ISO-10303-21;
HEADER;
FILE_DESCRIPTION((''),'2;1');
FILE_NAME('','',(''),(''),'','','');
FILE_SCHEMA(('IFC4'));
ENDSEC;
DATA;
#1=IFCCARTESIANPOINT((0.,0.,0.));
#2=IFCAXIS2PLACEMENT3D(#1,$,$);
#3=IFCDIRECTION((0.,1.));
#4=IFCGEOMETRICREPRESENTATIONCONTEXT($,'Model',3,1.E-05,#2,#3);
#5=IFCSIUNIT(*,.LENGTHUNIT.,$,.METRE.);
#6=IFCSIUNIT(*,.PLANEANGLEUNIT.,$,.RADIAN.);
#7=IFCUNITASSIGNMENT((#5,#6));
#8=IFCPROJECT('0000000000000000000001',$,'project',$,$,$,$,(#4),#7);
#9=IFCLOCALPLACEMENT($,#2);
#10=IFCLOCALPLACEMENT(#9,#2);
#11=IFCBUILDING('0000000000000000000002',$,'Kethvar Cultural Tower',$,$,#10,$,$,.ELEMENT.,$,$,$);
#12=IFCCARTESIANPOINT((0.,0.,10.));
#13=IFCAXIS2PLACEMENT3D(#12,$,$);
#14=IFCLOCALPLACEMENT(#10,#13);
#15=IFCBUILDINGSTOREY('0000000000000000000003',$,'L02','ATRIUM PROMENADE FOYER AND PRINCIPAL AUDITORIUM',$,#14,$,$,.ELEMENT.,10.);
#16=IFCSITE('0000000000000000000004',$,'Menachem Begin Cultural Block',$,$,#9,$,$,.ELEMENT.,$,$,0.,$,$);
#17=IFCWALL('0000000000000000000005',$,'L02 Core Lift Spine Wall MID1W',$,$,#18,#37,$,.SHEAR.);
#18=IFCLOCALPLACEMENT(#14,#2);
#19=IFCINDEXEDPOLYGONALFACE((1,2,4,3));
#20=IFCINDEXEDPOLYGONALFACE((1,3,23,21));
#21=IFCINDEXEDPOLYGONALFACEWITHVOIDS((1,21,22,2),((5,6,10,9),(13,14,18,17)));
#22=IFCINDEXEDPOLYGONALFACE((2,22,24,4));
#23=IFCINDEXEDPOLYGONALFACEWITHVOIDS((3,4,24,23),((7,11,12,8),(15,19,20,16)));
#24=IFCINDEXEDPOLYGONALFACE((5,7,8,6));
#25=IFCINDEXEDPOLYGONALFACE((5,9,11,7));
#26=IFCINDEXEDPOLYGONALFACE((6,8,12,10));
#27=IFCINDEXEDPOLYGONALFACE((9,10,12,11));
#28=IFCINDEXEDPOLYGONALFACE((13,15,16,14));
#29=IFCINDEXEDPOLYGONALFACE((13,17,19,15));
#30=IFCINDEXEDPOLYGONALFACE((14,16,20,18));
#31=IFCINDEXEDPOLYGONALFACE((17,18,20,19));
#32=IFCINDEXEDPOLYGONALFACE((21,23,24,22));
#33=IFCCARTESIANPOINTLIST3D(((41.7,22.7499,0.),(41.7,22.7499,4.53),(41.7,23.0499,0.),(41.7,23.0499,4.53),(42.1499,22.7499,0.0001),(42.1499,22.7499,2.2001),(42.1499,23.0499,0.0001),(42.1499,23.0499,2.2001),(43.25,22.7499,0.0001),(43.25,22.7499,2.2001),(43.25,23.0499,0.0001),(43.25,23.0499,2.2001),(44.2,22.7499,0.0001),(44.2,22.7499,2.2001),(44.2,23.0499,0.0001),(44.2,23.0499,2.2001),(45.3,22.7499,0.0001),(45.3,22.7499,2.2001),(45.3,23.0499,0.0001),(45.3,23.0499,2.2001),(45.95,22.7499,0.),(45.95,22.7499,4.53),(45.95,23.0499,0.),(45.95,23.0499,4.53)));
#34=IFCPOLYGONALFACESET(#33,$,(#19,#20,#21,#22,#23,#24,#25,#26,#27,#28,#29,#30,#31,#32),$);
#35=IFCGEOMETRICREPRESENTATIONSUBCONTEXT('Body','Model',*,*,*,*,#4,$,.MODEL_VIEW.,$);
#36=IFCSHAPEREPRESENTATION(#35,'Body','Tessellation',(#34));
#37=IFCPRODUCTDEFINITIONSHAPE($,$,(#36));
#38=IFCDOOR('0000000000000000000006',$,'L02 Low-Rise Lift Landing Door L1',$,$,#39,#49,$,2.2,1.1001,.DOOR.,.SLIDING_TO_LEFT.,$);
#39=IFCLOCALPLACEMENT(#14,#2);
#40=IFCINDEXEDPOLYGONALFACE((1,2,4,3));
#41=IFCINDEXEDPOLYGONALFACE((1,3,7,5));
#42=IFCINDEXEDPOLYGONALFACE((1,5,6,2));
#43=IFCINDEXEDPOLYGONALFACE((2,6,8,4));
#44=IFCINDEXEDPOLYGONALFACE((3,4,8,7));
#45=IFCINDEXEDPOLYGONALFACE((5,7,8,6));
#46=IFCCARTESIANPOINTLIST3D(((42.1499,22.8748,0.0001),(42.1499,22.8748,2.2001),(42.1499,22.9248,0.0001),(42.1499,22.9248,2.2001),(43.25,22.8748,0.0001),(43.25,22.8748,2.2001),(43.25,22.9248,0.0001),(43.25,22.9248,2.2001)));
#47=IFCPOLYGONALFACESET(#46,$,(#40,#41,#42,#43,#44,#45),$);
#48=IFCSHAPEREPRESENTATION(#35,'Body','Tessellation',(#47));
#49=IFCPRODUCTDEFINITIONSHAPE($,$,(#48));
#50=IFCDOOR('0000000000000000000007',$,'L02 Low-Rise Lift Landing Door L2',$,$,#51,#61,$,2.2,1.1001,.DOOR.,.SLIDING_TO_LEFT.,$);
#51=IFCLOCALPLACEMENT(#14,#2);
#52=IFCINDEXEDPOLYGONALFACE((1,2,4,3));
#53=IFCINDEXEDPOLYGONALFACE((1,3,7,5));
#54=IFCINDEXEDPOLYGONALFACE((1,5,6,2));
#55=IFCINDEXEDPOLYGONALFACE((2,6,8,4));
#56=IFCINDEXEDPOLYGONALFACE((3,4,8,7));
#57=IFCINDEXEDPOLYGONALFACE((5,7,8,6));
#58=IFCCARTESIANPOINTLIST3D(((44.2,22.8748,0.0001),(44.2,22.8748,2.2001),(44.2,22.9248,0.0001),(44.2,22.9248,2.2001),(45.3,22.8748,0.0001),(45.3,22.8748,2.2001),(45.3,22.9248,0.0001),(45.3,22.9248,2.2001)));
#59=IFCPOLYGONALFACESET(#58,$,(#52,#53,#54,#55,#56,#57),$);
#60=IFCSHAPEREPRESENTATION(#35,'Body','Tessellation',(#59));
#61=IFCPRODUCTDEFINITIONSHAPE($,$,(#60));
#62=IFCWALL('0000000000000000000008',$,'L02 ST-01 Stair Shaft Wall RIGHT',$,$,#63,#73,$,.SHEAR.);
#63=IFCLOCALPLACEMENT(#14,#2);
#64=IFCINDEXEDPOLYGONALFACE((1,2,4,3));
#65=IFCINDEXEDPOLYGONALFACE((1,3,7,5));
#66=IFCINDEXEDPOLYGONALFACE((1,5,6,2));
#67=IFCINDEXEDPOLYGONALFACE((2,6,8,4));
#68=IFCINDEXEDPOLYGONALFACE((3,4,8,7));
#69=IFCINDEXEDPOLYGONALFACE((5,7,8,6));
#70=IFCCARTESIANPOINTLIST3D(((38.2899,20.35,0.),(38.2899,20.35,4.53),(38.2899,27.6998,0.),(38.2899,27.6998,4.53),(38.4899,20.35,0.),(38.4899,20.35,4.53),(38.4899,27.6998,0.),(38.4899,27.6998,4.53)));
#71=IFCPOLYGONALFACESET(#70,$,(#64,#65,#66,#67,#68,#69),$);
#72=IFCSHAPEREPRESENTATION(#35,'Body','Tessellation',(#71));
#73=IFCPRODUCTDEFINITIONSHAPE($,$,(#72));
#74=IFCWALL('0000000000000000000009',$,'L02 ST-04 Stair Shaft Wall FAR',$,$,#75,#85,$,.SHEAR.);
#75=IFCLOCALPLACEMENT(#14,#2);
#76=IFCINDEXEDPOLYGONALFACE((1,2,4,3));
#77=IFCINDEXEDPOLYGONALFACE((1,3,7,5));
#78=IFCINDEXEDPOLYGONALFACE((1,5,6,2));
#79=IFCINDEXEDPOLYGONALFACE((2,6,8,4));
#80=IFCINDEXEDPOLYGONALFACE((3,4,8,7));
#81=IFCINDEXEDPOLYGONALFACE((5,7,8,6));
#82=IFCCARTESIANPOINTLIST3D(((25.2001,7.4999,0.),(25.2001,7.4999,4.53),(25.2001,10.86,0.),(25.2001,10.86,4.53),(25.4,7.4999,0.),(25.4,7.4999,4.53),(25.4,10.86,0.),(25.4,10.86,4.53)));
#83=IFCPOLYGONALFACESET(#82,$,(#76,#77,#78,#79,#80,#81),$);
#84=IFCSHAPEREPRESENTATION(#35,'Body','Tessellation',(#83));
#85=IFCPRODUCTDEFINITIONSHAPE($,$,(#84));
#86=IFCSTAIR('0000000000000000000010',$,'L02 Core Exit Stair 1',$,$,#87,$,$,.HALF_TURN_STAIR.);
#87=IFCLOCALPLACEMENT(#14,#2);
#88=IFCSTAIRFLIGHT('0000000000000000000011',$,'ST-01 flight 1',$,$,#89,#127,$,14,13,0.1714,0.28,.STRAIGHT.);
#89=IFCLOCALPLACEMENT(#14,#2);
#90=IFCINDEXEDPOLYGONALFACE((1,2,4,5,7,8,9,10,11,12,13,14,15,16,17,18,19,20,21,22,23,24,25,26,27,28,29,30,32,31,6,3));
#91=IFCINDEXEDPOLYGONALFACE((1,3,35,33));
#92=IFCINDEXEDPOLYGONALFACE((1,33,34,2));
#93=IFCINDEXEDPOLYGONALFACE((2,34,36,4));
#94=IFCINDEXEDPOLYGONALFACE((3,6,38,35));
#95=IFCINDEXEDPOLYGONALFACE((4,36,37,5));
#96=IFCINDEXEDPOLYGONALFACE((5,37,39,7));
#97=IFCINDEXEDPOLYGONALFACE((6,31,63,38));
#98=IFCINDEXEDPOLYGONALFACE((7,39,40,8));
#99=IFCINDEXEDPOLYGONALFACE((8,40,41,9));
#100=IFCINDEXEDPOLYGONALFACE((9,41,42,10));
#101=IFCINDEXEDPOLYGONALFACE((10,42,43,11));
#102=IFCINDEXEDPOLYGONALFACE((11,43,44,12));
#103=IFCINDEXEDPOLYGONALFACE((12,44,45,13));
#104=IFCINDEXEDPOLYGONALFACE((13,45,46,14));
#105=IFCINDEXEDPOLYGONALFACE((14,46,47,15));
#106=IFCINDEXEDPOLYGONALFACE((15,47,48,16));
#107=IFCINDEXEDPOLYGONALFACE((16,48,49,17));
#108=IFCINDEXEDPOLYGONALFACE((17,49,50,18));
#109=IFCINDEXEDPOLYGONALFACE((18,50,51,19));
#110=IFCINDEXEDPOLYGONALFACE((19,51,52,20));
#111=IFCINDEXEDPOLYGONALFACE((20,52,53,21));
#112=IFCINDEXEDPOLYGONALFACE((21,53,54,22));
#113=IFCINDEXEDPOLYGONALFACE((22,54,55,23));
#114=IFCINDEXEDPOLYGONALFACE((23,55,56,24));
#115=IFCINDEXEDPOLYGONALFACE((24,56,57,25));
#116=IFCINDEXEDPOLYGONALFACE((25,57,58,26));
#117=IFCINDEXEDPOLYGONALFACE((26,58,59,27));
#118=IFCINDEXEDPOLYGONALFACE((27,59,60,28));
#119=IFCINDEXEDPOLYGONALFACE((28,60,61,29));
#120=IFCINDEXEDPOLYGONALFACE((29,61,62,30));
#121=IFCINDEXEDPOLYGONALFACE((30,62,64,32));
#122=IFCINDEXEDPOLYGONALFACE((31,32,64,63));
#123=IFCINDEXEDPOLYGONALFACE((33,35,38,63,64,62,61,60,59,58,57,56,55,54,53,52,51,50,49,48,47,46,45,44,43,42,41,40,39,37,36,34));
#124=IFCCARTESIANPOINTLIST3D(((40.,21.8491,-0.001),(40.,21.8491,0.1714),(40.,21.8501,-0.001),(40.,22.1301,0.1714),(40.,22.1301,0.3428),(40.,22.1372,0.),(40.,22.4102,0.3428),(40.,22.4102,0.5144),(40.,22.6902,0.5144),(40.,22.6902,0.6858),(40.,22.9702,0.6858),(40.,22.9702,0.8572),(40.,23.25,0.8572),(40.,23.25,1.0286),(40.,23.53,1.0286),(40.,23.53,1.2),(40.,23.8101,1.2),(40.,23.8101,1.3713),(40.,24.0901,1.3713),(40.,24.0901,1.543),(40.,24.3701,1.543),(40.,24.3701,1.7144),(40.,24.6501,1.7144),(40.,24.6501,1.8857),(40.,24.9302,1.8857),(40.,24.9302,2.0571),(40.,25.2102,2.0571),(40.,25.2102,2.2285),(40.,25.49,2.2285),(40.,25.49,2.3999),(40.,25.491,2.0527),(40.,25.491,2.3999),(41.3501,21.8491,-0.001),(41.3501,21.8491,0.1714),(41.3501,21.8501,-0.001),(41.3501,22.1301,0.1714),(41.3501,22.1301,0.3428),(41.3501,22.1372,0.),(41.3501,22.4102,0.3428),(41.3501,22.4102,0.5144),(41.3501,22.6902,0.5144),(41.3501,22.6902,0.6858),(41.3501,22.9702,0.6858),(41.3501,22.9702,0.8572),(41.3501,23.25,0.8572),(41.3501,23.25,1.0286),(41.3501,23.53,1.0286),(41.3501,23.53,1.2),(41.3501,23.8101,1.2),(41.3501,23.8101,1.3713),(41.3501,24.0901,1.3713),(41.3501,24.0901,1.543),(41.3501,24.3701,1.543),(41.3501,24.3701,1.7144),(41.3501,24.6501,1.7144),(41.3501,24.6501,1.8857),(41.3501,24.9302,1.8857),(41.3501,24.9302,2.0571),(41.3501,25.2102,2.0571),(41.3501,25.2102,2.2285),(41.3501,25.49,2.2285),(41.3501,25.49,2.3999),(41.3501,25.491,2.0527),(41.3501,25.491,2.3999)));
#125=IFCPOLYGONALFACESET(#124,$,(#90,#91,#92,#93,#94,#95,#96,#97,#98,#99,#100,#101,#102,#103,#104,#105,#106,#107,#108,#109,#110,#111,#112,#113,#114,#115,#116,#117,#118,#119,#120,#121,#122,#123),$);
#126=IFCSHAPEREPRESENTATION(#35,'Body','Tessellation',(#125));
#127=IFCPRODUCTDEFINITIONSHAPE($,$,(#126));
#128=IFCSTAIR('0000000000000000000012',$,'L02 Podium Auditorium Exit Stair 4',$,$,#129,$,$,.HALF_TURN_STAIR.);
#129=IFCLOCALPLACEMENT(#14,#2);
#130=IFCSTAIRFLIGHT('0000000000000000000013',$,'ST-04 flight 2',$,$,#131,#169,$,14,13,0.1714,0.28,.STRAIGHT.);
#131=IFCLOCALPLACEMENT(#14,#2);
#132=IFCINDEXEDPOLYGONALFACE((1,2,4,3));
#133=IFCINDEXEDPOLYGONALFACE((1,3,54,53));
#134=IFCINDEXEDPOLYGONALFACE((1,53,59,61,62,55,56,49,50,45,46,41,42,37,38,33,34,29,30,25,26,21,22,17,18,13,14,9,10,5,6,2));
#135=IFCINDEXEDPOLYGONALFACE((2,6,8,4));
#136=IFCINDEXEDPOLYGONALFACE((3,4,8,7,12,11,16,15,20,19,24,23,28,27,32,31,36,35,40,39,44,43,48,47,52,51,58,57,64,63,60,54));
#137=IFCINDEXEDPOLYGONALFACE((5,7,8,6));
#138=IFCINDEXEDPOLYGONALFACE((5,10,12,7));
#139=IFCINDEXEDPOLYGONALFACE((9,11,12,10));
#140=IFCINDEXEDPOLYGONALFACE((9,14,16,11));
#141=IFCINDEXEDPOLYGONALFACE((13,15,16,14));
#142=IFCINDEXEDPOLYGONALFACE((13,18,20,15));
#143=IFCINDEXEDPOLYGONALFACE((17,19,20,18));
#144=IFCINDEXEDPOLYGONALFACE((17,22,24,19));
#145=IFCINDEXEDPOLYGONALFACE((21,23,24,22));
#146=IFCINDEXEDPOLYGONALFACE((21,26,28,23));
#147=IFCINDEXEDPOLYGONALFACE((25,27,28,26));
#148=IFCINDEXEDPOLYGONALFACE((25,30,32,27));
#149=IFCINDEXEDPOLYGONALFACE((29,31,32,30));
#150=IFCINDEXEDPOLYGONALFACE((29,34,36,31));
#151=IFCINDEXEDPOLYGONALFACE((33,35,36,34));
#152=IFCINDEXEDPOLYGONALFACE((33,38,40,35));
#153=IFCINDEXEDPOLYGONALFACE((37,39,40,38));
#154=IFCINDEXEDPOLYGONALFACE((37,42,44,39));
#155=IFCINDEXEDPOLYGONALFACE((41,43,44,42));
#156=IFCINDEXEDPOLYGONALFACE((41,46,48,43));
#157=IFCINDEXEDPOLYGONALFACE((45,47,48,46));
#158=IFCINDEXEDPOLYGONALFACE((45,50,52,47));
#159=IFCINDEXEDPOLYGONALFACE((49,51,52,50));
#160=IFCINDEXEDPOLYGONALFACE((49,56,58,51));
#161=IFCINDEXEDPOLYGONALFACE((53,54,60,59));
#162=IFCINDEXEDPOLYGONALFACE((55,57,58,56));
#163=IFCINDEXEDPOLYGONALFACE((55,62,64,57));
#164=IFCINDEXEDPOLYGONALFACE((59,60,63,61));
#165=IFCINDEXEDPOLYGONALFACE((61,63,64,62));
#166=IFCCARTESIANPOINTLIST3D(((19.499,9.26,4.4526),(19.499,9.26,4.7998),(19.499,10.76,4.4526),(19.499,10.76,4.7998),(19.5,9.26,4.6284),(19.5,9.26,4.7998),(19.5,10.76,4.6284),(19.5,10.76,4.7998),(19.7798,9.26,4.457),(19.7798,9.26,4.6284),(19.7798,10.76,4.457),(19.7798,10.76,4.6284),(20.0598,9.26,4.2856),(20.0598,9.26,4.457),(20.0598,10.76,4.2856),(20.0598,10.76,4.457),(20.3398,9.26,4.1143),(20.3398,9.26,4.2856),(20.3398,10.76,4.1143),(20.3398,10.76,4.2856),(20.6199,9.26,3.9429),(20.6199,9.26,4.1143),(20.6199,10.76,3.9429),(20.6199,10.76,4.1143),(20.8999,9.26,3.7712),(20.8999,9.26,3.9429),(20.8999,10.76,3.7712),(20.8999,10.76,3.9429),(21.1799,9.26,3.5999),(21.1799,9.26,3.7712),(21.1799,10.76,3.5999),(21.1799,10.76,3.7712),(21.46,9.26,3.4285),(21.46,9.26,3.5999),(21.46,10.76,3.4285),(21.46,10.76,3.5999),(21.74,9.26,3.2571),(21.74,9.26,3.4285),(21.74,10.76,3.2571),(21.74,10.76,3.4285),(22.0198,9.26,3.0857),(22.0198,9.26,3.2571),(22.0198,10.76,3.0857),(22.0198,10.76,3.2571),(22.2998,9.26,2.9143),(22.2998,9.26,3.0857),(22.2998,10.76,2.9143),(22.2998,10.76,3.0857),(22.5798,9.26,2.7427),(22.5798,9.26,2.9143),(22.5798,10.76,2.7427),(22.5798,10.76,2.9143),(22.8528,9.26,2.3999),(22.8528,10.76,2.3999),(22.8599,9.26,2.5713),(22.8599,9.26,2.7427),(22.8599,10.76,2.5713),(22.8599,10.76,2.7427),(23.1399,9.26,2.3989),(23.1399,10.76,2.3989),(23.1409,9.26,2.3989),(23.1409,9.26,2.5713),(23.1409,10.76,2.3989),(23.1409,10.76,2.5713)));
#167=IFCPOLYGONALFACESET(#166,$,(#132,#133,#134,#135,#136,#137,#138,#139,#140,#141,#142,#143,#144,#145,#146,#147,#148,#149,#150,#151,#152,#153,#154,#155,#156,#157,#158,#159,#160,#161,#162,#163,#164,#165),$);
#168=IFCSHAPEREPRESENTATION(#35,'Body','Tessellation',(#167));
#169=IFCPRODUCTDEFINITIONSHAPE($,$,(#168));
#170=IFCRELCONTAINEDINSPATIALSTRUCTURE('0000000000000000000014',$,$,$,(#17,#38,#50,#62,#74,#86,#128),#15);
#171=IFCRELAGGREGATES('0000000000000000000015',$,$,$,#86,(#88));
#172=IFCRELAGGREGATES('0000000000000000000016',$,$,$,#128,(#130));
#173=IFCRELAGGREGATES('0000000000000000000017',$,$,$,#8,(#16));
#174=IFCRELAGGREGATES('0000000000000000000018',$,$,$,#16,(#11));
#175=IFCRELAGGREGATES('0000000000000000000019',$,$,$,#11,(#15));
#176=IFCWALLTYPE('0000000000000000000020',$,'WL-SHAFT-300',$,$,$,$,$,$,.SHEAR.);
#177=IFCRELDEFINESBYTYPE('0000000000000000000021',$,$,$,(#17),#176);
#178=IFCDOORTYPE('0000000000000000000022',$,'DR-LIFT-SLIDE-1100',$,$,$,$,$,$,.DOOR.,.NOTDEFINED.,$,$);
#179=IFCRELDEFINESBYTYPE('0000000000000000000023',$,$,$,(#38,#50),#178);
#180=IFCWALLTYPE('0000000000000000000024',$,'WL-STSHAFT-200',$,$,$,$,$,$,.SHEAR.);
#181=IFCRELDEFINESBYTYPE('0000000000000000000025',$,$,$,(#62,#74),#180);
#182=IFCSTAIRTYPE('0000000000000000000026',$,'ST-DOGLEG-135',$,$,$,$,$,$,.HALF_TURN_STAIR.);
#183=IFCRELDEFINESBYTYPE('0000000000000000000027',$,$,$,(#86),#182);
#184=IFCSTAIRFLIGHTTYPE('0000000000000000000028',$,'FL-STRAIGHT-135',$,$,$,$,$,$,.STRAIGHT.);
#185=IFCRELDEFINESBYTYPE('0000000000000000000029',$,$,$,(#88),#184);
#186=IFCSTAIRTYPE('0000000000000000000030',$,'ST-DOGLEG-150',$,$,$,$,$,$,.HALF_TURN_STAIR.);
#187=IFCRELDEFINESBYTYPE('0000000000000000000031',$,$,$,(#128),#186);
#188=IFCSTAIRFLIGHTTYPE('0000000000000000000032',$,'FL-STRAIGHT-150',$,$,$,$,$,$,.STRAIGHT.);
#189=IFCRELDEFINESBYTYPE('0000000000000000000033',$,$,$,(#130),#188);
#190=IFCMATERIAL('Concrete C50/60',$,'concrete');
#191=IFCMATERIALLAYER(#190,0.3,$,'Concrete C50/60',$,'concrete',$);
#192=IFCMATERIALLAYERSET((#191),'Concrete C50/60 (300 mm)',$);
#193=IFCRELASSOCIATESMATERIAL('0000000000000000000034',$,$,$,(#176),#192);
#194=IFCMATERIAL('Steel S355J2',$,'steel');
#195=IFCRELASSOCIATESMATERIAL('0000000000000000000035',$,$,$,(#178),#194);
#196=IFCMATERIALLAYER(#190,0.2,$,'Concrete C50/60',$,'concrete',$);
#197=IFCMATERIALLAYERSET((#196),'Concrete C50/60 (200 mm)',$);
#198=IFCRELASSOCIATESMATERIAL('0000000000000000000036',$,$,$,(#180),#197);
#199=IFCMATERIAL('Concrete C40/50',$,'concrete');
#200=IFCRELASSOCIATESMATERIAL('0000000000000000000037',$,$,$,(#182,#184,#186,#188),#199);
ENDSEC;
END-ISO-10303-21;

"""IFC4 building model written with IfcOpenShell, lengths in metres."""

from ifc_helpers import new_model, si_unit, direction, frame, frame_2d, origin, place, context, subcontext, project, spatial, polyline, rectangle, outline, extrude, source, transform, mapped, material, layer, layer_set, type_object, element, fill, aggregate, save


model = new_model("IFC4")

# Units and contexts
model_context = context("Model", 3, precision=1e-05, world=origin(), true_north=direction((0.0, 1.0)))
body_context = subcontext(model_context, "Body", "Model", "MODEL_VIEW")
ifc_project = project(units=[si_unit("LENGTHUNIT", "METRE"), si_unit("PLANEANGLEUNIT", "RADIAN")], contexts=[model_context])

# Site, building, storey
site_placement = place(None, origin())
site = spatial("IfcSite", under=ifc_project, at=site_placement, Name="Menachem Begin Cultural Block", CompositionType="ELEMENT", RefElevation=0.0)
building_placement = place(site_placement, origin())
building = spatial("IfcBuilding", under=site, at=building_placement, Name="Kethvar Cultural Tower", CompositionType="ELEMENT")
storey_placement = place(building_placement, frame((0.0, 0.0, 10.0)))
storey = spatial("IfcBuildingStorey", under=building, at=storey_placement, Name="L02", Description="ATRIUM PROMENADE FOYER AND PRINCIPAL AUDITORIUM", CompositionType="ELEMENT", Elevation=10.0)

# Shared definitions
ifc_material_1 = material(Name="Steel S355J2", Category="steel")

# Wall, openings, doors
ifc_material_2 = material(Name="Concrete C50/60", Category="concrete")
ifc_layer_1 = layer(ifc_material_2, 0.3, Name="Concrete C50/60", Category="concrete")
ifc_layer_set_1 = layer_set([ifc_layer_1], Name="Concrete C50/60 (300 mm)")
wall_type_1 = type_object("IfcWallType", Name="WL-SHAFT-300", PredefinedType="SHEAR", material=ifc_layer_set_1)
wall_1_placement = place(storey_placement, frame((41.7, 22.8999, 0.0), z_axis=(0.0, 0.0, 1.0), x_axis=(1.0, 0.0, 0.0)))
wall_1 = element("IfcWall", 1, at=wall_1_placement, inside=storey, type_object=wall_type_1, Name="L02 Core Lift Spine Wall MID1W", PredefinedType="SHEAR", context=body_context, shape_type="SweptSolid", body=[
    extrude(rectangle(XDim=4.25, YDim=0.3, at=frame_2d((2.125, 0.0))), origin(), (0.0, 0.0, 1.0), 4.53),
])
opening_1_placement = place(wall_1_placement, frame((0.45, 0.0, 0.0)))
opening_1 = element("IfcOpeningElement", 2, at=opening_1_placement, cuts=wall_1, PredefinedType="OPENING", context=body_context, shape_type="SweptSolid", body=[
    extrude(rectangle(XDim=1.1001, YDim=2.2, at=frame_2d((0.55, 1.1001))), frame((0.0, 0.1599, 0.0), z_axis=(0.0, -1.0, 0.0), x_axis=(1.0, 0.0, 0.0)), (0.0, 0.0, 1.0), 0.3201),
])
opening_2_placement = place(wall_1_placement, frame((2.5, 0.0, 0.0)))
opening_2 = element("IfcOpeningElement", 3, at=opening_2_placement, cuts=wall_1, PredefinedType="OPENING", context=body_context, shape_type="SweptSolid", body=[
    extrude(rectangle(XDim=1.1001, YDim=2.2, at=frame_2d((0.55, 1.1001))), frame((0.0, 0.1599, 0.0), z_axis=(0.0, -1.0, 0.0), x_axis=(1.0, 0.0, 0.0)), (0.0, 0.0, 1.0), 0.3201),
])
door_type_1 = type_object("IfcDoorType", Name="DR-LIFT-SLIDE-1100", OperationType="NOTDEFINED", PredefinedType="DOOR", material=ifc_material_1)
shared_shape_1 = source(origin(), body_context, "Body", "SweptSolid", [
    extrude(rectangle(XDim=1.1001, YDim=2.2, at=frame_2d((0.55, 1.1001))), frame((0.0, 0.0249, 0.0), z_axis=(0.0, -1.0, 0.0), x_axis=(1.0, 0.0, 0.0)), (0.0, 0.0, 1.0), 0.05),
])
door_1_placement = place(opening_1_placement, origin())
door_1 = element("IfcDoor", 4, at=door_1_placement, inside=storey, type_object=door_type_1, Name="L02 Low-Rise Lift Landing Door L1", OperationType="SLIDING_TO_LEFT", OverallHeight=2.2, OverallWidth=1.1001, PredefinedType="DOOR", context=body_context, shape_type="MappedRepresentation", body=[
    mapped(shared_shape_1, transform((0.0, 0.0, 0.0), scale=1.0)),
])
fill(opening_1, door_1)
door_2_placement = place(opening_2_placement, origin())
door_2 = element("IfcDoor", 5, at=door_2_placement, inside=storey, type_object=door_type_1, Name="L02 Low-Rise Lift Landing Door L2", OperationType="SLIDING_TO_LEFT", OverallHeight=2.2, OverallWidth=1.1001, PredefinedType="DOOR", context=body_context, shape_type="MappedRepresentation", body=[
    mapped(shared_shape_1, transform((0.0, 0.0, 0.0), scale=1.0)),
])
fill(opening_2, door_2)

# Walls
ifc_layer_2 = layer(ifc_material_2, 0.2, Name="Concrete C50/60", Category="concrete")
ifc_layer_set_2 = layer_set([ifc_layer_2], Name="Concrete C50/60 (200 mm)")
wall_type_2 = type_object("IfcWallType", Name="WL-STSHAFT-200", PredefinedType="SHEAR", material=ifc_layer_set_2)
wall_2_placement = place(storey_placement, frame((38.3899, 20.3501, 0.0), z_axis=(0.0, 0.0, 1.0), x_axis=(0.0, 1.0, 0.0)))
element("IfcWall", 6, at=wall_2_placement, inside=storey, type_object=wall_type_2, Name="L02 ST-01 Stair Shaft Wall RIGHT", PredefinedType="SHEAR", context=body_context, shape_type="SweptSolid", body=[
    extrude(rectangle(XDim=7.3499, YDim=0.2, at=frame_2d((3.6748, 0.0))), origin(), (0.0, 0.0, 1.0), 4.53),
])
wall_3_placement = place(storey_placement, frame((25.3, 10.8601, 0.0), z_axis=(0.0, 0.0, 1.0), x_axis=(0.0, -1.0, 0.0)))
element("IfcWall", 7, at=wall_3_placement, inside=storey, type_object=wall_type_2, Name="L02 ST-04 Stair Shaft Wall FAR", PredefinedType="SHEAR", context=body_context, shape_type="SweptSolid", body=[
    extrude(rectangle(XDim=3.3601, YDim=0.2, at=frame_2d((1.6802, 0.0))), origin(), (0.0, 0.0, 1.0), 4.53),
])

# Stairs, stair flights
ifc_material_3 = material(Name="Concrete C40/50", Category="concrete")
stair_type_1 = type_object("IfcStairType", Name="ST-DOGLEG-135", PredefinedType="HALF_TURN_STAIR", material=ifc_material_3)
stair_1_placement = place(storey_placement, origin())
stair_1 = element("IfcStair", 8, at=stair_1_placement, inside=storey, type_object=stair_type_1, Name="L02 Core Exit Stair 1", PredefinedType="HALF_TURN_STAIR")
stair_flight_type_1 = type_object("IfcStairFlightType", Name="FL-STRAIGHT-135", PredefinedType="STRAIGHT", material=ifc_material_3)
stair_flight_1_placement = place(storey_placement, frame((40.675, 21.8501, 0.0), z_axis=(0.0, 0.0, 1.0), x_axis=(0.0, 1.0, 0.0)))
stair_flight_1 = element("IfcStairFlight", 9, at=stair_flight_1_placement, type_object=stair_flight_type_1, Name="ST-01 flight 1", NumberOfRisers=14, NumberOfTreads=13, PredefinedType="STRAIGHT", RiserHeight=0.1714, TreadLength=0.28, context=body_context, shape_type="SweptSolid", body=[
    extrude(outline(polyline([(-0.001, -0.001), (-0.001, 0.1714), (0.28, 0.1714), (0.28, 0.3428), (0.5601, 0.3428), (0.5601, 0.5144), (0.8401, 0.5144), (0.8401, 0.6858), (1.1201, 0.6858), (1.1201, 0.8572), (1.3999, 0.8572), (1.3999, 1.0286), (1.6799, 1.0286), (1.6799, 1.2), (1.96, 1.2), (1.96, 1.3713), (2.24, 1.3713), (2.24, 1.543), (2.52, 1.543), (2.52, 1.7144), (2.8, 1.7144), (2.8, 1.8857), (3.0801, 1.8857), (3.0801, 2.0571), (3.3601, 2.0571), (3.3601, 2.2285), (3.6399, 2.2285), (3.6399, 2.3999), (3.6409, 2.3999), (3.6409, 2.0527), (0.2871, 0.0), (0.0, -0.001), (-0.001, -0.001)])), frame((0.0, 0.675, 0.0), z_axis=(0.0, -1.0, 0.0), x_axis=(1.0, 0.0, 0.0)), (0.0, 0.0, 1.0), 1.3501),
])
aggregate(stair_1, [stair_flight_1])
stair_type_2 = type_object("IfcStairType", Name="ST-DOGLEG-150", PredefinedType="HALF_TURN_STAIR", material=ifc_material_3)
stair_2_placement = place(storey_placement, origin())
stair_2 = element("IfcStair", 10, at=stair_2_placement, inside=storey, type_object=stair_type_2, Name="L02 Podium Auditorium Exit Stair 4", PredefinedType="HALF_TURN_STAIR")
stair_flight_type_2 = type_object("IfcStairFlightType", Name="FL-STRAIGHT-150", PredefinedType="STRAIGHT", material=ifc_material_3)
stair_flight_2_placement = place(storey_placement, frame((23.1399, 10.01, 2.3999), z_axis=(0.0, 0.0, 1.0), x_axis=(-1.0, 0.0, 0.0)))
stair_flight_2 = element("IfcStairFlight", 11, at=stair_flight_2_placement, type_object=stair_flight_type_2, Name="ST-04 flight 2", NumberOfRisers=14, NumberOfTreads=13, PredefinedType="STRAIGHT", RiserHeight=0.1714, TreadLength=0.28, context=body_context, shape_type="SweptSolid", body=[
    extrude(outline(polyline([(-0.001, -0.001), (-0.001, 0.1714), (0.28, 0.1714), (0.28, 0.3428), (0.5601, 0.3428), (0.5601, 0.5144), (0.8401, 0.5144), (0.8401, 0.6858), (1.1201, 0.6858), (1.1201, 0.8572), (1.3999, 0.8572), (1.3999, 1.0286), (1.6799, 1.0286), (1.6799, 1.2), (1.96, 1.2), (1.96, 1.3713), (2.24, 1.3713), (2.24, 1.543), (2.52, 1.543), (2.52, 1.7144), (2.8, 1.7144), (2.8, 1.8857), (3.0801, 1.8857), (3.0801, 2.0571), (3.3601, 2.0571), (3.3601, 2.2285), (3.6399, 2.2285), (3.6399, 2.3999), (3.6409, 2.3999), (3.6409, 2.0527), (0.2871, 0.0), (0.0, -0.001), (-0.001, -0.001)])), frame((0.0, 0.75, 0.0), z_axis=(0.0, -1.0, 0.0), x_axis=(1.0, 0.0, 0.0)), (0.0, 0.0, 1.0), 1.5),
])
aggregate(stair_2, [stair_flight_2])

save(model, "model.ifc")
